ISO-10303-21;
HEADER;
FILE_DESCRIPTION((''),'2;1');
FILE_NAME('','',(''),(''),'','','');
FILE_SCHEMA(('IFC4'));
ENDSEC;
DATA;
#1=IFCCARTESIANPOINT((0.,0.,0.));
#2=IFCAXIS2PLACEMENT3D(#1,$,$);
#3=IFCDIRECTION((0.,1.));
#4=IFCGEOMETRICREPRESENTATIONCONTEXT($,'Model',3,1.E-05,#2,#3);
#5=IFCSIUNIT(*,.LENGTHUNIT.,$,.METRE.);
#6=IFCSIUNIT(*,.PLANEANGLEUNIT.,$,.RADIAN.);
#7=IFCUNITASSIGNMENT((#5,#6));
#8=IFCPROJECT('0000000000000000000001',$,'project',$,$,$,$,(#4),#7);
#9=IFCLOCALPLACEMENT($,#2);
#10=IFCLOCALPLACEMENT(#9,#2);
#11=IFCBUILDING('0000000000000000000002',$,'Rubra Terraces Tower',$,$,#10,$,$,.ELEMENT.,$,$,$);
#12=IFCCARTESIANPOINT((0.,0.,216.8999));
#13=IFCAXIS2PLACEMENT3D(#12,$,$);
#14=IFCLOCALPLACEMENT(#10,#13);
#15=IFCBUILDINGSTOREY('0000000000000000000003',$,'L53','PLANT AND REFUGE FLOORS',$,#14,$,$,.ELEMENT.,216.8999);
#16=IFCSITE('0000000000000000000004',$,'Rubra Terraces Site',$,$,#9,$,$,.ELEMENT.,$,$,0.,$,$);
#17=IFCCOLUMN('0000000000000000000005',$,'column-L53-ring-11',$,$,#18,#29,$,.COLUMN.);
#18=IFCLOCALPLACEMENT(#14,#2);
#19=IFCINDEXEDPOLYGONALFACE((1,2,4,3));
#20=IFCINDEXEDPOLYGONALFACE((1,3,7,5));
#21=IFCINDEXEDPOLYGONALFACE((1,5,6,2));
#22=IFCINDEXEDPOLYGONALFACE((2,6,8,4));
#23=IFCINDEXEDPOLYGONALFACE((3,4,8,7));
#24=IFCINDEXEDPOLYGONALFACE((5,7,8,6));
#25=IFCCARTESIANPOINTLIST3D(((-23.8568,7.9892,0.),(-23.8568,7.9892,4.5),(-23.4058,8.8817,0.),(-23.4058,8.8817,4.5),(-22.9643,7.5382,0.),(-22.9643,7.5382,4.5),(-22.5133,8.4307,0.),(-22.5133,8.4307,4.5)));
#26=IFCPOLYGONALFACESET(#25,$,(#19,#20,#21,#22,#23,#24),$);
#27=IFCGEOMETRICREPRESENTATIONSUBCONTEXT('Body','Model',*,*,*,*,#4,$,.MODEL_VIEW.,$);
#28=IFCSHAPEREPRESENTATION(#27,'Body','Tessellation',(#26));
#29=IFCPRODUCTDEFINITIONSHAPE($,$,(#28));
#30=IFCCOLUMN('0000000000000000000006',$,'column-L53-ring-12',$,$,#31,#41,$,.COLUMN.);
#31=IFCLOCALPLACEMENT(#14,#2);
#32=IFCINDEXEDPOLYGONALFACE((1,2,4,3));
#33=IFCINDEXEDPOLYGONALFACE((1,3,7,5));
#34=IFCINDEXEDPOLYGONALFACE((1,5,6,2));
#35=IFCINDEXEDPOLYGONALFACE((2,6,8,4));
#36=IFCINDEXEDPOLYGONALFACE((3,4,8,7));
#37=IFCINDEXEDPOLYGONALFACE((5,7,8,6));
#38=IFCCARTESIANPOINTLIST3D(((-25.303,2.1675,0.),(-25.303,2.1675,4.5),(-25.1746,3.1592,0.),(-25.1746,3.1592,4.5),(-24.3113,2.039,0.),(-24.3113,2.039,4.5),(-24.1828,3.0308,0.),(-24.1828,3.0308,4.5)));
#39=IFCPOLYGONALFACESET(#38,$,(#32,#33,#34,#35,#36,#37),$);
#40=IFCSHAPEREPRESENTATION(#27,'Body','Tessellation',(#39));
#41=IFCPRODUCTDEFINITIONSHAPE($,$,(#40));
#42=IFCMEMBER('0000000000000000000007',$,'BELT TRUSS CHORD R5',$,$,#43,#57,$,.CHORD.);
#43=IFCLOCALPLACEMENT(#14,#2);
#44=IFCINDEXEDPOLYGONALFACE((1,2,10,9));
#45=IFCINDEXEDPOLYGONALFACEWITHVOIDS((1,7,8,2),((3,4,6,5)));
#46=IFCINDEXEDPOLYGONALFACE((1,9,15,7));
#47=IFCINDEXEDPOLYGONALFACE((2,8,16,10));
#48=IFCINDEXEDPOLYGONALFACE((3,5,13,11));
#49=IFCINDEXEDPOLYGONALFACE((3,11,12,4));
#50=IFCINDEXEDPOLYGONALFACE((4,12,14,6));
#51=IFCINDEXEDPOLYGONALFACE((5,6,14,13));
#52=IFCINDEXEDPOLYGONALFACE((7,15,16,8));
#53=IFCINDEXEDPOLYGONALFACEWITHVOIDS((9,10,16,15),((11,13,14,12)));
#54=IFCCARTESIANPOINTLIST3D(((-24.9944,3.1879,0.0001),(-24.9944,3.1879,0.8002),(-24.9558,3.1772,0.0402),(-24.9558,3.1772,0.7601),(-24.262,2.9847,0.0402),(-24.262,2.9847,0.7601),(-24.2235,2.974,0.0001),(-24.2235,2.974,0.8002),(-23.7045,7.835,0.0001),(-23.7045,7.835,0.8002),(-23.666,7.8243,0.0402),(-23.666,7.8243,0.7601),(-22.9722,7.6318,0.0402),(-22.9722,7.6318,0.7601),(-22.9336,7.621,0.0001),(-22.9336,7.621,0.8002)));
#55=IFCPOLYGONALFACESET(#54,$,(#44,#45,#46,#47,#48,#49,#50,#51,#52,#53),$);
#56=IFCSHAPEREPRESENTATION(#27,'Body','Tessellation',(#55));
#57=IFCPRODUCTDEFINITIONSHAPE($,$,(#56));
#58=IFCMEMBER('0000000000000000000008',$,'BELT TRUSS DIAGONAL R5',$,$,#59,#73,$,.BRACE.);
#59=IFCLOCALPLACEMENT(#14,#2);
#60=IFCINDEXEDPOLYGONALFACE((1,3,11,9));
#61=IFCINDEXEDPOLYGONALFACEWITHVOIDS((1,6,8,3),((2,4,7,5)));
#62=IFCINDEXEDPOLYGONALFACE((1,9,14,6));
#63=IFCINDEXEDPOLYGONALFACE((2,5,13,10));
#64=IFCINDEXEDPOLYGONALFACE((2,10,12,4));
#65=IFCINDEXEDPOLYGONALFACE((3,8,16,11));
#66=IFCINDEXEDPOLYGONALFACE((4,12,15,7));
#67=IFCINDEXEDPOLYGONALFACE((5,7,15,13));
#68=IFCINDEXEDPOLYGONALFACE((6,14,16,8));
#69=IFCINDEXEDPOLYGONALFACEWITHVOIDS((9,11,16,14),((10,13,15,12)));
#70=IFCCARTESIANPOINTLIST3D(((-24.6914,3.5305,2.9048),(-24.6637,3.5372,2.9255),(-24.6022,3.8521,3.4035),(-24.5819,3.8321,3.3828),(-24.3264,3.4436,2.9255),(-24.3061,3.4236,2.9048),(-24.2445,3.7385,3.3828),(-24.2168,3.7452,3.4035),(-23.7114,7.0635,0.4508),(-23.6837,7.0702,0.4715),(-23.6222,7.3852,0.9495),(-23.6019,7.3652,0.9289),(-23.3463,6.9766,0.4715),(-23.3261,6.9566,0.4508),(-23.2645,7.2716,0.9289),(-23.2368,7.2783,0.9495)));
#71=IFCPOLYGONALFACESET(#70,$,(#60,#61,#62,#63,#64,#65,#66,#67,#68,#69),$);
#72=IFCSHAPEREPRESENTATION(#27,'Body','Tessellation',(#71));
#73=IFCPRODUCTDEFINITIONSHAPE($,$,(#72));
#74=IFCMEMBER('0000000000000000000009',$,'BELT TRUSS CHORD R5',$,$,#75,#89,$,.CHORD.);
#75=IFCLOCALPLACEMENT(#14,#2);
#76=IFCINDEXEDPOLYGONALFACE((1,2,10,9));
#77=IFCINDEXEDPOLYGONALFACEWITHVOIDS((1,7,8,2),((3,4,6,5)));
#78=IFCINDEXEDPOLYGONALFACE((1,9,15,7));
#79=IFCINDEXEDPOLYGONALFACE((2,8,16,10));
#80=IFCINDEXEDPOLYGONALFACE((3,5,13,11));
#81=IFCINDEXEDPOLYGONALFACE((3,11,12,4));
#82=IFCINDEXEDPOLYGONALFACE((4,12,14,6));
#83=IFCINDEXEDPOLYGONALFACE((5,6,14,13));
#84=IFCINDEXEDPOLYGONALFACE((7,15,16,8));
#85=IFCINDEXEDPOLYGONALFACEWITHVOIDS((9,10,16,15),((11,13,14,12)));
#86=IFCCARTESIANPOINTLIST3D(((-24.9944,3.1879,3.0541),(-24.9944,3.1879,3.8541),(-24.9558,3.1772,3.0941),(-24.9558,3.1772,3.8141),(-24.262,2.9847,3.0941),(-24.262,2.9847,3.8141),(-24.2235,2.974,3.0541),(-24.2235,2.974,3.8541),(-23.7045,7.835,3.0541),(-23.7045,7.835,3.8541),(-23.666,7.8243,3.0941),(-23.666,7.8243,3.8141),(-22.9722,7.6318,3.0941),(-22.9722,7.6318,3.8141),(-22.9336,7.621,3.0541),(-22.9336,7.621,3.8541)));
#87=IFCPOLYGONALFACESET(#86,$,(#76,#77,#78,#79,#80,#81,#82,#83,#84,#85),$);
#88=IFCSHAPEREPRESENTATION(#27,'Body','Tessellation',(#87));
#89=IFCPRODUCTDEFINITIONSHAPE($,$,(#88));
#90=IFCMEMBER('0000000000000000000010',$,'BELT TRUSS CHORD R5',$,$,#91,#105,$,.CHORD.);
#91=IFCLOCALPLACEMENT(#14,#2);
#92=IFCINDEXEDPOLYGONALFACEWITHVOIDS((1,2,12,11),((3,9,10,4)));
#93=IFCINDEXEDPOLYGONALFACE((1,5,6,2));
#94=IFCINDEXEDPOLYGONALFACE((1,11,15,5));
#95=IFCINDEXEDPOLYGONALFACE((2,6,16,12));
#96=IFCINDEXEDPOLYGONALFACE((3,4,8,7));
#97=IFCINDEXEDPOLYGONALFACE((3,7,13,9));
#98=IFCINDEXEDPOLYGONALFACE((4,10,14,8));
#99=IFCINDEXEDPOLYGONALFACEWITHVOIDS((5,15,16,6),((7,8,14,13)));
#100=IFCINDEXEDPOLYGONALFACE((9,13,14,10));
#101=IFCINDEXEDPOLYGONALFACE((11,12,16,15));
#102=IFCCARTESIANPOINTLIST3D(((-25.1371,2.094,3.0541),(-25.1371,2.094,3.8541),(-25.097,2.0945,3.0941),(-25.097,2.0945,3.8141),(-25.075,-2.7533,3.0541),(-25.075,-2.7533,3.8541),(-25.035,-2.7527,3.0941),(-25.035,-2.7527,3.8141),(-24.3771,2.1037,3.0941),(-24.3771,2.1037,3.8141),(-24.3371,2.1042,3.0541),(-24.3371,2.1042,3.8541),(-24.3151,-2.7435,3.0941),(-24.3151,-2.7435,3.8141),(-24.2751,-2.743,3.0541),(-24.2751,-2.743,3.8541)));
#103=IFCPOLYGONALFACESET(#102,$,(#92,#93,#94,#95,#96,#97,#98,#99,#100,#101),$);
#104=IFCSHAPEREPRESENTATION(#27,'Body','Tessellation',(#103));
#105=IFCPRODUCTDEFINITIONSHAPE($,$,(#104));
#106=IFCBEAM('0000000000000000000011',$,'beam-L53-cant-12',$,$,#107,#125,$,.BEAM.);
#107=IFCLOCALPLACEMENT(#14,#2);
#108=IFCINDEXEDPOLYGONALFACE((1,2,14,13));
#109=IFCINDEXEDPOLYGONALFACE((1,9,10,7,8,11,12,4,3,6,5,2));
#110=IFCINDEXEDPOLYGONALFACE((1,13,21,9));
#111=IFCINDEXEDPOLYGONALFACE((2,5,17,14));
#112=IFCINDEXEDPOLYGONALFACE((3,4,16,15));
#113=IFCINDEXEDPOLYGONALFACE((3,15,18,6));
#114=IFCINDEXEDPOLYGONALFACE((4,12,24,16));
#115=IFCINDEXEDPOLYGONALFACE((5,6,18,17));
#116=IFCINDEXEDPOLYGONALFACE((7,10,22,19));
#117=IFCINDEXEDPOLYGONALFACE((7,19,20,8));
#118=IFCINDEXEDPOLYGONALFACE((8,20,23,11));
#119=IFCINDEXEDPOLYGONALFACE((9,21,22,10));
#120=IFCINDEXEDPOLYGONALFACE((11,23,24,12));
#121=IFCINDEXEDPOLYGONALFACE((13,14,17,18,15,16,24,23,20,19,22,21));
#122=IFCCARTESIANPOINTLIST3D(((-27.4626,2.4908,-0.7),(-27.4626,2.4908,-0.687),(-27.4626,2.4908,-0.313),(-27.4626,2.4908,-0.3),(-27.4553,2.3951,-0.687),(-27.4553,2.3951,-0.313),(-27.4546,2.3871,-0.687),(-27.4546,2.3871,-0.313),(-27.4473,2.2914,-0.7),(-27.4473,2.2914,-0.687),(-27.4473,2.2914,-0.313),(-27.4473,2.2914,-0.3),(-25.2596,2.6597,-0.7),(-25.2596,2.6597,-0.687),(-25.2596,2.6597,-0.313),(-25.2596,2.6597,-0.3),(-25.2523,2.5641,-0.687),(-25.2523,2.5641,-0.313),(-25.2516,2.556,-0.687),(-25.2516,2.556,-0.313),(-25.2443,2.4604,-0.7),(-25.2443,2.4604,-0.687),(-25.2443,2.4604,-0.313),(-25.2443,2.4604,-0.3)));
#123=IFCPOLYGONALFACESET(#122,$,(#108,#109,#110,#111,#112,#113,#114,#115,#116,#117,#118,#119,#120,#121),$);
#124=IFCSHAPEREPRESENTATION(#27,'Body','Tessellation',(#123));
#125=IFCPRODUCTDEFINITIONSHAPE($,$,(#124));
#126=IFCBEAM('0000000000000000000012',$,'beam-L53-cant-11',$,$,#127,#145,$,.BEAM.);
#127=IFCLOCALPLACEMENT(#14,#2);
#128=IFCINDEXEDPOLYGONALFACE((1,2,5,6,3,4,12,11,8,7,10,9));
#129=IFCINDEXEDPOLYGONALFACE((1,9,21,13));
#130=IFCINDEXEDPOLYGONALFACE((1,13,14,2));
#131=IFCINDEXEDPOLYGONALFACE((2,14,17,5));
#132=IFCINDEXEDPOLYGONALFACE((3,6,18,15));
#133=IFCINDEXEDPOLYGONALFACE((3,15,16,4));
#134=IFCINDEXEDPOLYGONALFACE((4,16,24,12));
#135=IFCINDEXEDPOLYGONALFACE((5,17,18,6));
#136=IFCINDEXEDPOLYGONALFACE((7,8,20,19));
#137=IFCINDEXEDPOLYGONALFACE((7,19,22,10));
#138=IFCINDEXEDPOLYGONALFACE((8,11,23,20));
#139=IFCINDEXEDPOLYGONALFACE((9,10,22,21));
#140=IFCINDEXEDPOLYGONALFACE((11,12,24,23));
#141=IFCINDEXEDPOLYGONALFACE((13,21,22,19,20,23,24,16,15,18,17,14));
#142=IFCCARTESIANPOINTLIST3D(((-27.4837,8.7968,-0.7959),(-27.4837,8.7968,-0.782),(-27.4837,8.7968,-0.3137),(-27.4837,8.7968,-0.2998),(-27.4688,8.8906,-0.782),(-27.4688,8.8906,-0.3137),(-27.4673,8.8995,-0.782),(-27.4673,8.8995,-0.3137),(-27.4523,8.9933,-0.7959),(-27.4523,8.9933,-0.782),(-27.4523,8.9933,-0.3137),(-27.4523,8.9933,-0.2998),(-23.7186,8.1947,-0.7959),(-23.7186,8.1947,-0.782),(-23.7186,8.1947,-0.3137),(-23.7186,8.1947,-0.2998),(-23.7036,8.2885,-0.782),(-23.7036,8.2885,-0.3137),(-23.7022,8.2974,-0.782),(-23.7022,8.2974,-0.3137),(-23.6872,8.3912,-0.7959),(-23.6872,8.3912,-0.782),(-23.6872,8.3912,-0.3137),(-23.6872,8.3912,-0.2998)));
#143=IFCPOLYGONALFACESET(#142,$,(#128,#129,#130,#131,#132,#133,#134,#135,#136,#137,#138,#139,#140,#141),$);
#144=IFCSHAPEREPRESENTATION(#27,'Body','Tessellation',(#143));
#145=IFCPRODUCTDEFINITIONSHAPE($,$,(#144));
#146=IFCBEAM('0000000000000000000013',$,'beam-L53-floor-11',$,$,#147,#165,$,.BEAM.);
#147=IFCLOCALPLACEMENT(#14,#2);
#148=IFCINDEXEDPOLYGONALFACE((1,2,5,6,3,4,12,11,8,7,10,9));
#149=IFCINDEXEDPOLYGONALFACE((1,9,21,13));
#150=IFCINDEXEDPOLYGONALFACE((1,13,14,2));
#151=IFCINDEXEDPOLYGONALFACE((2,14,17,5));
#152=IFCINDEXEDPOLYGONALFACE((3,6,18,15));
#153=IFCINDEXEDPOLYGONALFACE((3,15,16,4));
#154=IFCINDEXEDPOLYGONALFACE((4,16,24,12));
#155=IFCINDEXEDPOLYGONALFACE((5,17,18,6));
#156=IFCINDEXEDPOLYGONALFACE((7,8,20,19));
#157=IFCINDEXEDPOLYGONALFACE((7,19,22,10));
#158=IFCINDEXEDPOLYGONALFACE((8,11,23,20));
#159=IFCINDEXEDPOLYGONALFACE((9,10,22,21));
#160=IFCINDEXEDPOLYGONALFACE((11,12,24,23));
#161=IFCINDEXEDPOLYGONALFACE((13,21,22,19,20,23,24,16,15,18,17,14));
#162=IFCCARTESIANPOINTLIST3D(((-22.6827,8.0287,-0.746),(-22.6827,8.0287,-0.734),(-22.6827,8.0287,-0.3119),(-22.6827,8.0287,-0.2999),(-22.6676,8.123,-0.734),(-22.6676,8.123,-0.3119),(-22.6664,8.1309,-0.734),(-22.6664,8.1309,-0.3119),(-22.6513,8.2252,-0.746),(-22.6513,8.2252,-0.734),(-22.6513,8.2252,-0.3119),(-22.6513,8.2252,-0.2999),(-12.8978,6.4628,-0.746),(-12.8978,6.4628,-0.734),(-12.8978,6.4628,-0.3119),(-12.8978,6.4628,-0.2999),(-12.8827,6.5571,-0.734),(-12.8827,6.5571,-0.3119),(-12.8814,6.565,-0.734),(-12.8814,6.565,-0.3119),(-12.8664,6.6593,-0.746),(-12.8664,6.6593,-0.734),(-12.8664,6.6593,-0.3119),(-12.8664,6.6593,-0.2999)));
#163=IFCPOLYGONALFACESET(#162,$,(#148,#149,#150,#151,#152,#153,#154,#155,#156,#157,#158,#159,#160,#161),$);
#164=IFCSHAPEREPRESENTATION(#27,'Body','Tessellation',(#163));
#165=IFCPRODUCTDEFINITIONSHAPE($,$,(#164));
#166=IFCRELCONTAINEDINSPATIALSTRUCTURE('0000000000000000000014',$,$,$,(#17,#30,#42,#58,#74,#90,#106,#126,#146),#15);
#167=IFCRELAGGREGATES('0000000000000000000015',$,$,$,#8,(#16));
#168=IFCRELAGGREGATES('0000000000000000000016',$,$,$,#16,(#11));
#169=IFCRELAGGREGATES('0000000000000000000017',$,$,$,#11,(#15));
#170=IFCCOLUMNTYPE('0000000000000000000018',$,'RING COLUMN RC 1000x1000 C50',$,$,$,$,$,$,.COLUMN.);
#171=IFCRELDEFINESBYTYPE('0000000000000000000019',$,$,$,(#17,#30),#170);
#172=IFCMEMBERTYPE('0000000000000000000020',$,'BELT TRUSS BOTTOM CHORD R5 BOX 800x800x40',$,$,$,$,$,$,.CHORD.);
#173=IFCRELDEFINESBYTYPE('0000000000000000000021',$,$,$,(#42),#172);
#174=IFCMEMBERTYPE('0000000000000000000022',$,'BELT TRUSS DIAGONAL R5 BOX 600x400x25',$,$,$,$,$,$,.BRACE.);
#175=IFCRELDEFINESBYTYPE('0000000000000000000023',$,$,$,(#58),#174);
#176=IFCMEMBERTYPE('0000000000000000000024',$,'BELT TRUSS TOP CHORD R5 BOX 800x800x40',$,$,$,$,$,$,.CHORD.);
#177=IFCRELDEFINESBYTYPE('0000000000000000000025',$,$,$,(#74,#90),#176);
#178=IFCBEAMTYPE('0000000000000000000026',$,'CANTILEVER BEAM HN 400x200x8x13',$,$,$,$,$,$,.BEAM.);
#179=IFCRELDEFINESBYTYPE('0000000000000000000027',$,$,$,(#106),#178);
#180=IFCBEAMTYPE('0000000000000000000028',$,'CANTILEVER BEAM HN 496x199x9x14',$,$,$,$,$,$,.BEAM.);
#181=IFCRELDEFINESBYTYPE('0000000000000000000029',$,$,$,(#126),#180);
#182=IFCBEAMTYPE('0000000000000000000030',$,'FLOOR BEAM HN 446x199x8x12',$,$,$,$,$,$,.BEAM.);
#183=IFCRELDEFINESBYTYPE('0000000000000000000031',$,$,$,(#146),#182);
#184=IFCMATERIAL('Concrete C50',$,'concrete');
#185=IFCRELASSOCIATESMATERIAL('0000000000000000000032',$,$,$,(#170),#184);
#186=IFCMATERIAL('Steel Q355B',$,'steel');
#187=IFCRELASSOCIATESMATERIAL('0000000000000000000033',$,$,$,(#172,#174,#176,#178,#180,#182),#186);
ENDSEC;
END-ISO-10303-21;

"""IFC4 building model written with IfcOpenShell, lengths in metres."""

from ifc_helpers import new_model, si_unit, direction, frame, origin, origin_2d, place, context, subcontext, project, spatial, rectangle, hollow_rectangle, i_section, extrude, material, material_profile, profile_set, type_object, element, save


model = new_model("IFC4")

# Units and contexts
model_context = context("Model", 3, precision=1e-05, world=origin(), true_north=direction((0.0, 1.0)))
body_context = subcontext(model_context, "Body", "Model", "MODEL_VIEW")
ifc_project = project(units=[si_unit("LENGTHUNIT", "METRE"), si_unit("PLANEANGLEUNIT", "RADIAN")], contexts=[model_context])

# Site, building, storey
site_placement = place(None, origin())
site = spatial("IfcSite", under=ifc_project, at=site_placement, Name="Rubra Terraces Site", CompositionType="ELEMENT", RefElevation=0.0)
building_placement = place(site_placement, origin())
building = spatial("IfcBuilding", under=site, at=building_placement, Name="Rubra Terraces Tower", CompositionType="ELEMENT")
storey_placement = place(building_placement, frame((0.0, 0.0, 216.8999)))
storey = spatial("IfcBuildingStorey", under=building, at=storey_placement, Name="L53", Description="PLANT AND REFUGE FLOORS", CompositionType="ELEMENT", Elevation=216.8999)

# Columns
ifc_material_1 = material(Name="Concrete C50", Category="concrete")
ifc_material_profile_1 = material_profile(ifc_material_1, rectangle(XDim=1.0, YDim=1.0, at=origin_2d()), Name="RC 1000x1000")
ifc_profile_set_1 = profile_set([ifc_material_profile_1], Name="Concrete C50")
column_type = type_object("IfcColumnType", Name="RING COLUMN RC 1000x1000 C50", PredefinedType="COLUMN", material=ifc_profile_set_1)
for number, where, z_axis, x_axis, name in (
    (1, (-23.1851, 8.21, 0.0), (0.0, 0.0, 1.0), (-0.451028, -0.89251, 0.0), "column-L53-ring-11"),
    (2, (-24.7429, 2.5991, 0.0), (0.0, 0.0, 1.0), (-0.128444, -0.991717, 0.0), "column-L53-ring-12"),
):
    element("IfcColumn", number, at=place(storey_placement, frame(where, z_axis=z_axis, x_axis=x_axis)), inside=storey, type_object=column_type, Name=name, PredefinedType="COLUMN", context=body_context, shape_type="SweptSolid", body=[
        extrude(rectangle(XDim=1.0, YDim=1.0, at=origin_2d()), origin(), (0.0, 0.0, 1.0), 4.5),
    ])

# Members
ifc_material_2 = material(Name="Steel Q355B", Category="steel")
ifc_material_profile_2 = material_profile(ifc_material_2, hollow_rectangle(XDim=0.8, YDim=0.8, WallThickness=0.04, at=origin_2d()), Name="BOX 800x800x40")
ifc_profile_set_2 = profile_set([ifc_material_profile_2], Name="Steel Q355B")
member_type_1 = type_object("IfcMemberType", Name="BELT TRUSS BOTTOM CHORD R5 BOX 800x800x40", PredefinedType="CHORD", material=ifc_profile_set_2)
member_1_placement = place(storey_placement, frame((-23.3191, 7.728, 0.4001), z_axis=(-0.267445, -0.963573, 0.0), x_axis=(0.963573, -0.267445, 0.0)))
element("IfcMember", 3, at=member_1_placement, inside=storey, type_object=member_type_1, Name="BELT TRUSS CHORD R5", PredefinedType="CHORD", context=body_context, shape_type="SweptSolid", body=[
    extrude(hollow_rectangle(XDim=0.8, YDim=0.8, WallThickness=0.04, at=origin_2d()), origin(), (0.0, 0.0, 1.0), 4.8228),
])
ifc_material_profile_3 = material_profile(ifc_material_2, hollow_rectangle(XDim=0.3999, YDim=0.6001, WallThickness=0.0249, at=origin_2d()), Name="BOX 600x400x25")
ifc_profile_set_3 = profile_set([ifc_material_profile_3], Name="Steel Q355B")
member_type_2 = type_object("IfcMemberType", Name="BELT TRUSS DIAGONAL R5 BOX 600x400x25", PredefinedType="BRACE", material=ifc_profile_set_3)
member_2_placement = place(storey_placement, frame((-23.4741, 7.1709, 0.7002), z_axis=(-0.222129, -0.800806, 0.556209), x_axis=(0.963616, -0.26729, 0.0)))
element("IfcMember", 4, at=member_2_placement, inside=storey, type_object=member_type_2, Name="BELT TRUSS DIAGONAL R5", PredefinedType="BRACE", context=body_context, shape_type="SweptSolid", body=[
    extrude(hollow_rectangle(XDim=0.3999, YDim=0.6001, WallThickness=0.0249, at=origin_2d()), origin(), (0.0, 0.0, 1.0), 4.4119),
])
ifc_material_profile_4 = material_profile(ifc_material_2, hollow_rectangle(XDim=0.8, YDim=0.8, WallThickness=0.04, at=origin_2d()), Name="BOX 800x800x40")
ifc_profile_set_4 = profile_set([ifc_material_profile_4], Name="Steel Q355B")
member_type_3 = type_object("IfcMemberType", Name="BELT TRUSS TOP CHORD R5 BOX 800x800x40", PredefinedType="CHORD", material=ifc_profile_set_4)
member_3_placement = place(storey_placement, frame((-23.3191, 7.728, 3.4541), z_axis=(-0.267445, -0.963573, 0.0), x_axis=(0.963573, -0.267445, 0.0)))
element("IfcMember", 5, at=member_3_placement, inside=storey, type_object=member_type_3, Name="BELT TRUSS CHORD R5", PredefinedType="CHORD", context=body_context, shape_type="SweptSolid", body=[
    extrude(hollow_rectangle(XDim=0.8, YDim=0.8, WallThickness=0.04, at=origin_2d()), origin(), (0.0, 0.0, 1.0), 4.8228),
])
member_4_placement = place(storey_placement, frame((-24.7371, 2.0991, 3.4541), z_axis=(0.012792, -0.999918, 0.0), x_axis=(0.999918, 0.012792, 0.0)))
element("IfcMember", 6, at=member_4_placement, inside=storey, type_object=member_type_3, Name="BELT TRUSS CHORD R5", PredefinedType="CHORD", context=body_context, shape_type="SweptSolid", body=[
    extrude(hollow_rectangle(XDim=0.8, YDim=0.8, WallThickness=0.04, at=origin_2d()), origin(), (0.0, 0.0, 1.0), 4.8477),
])

# Beams
ifc_material_profile_5 = material_profile(ifc_material_2, i_section(OverallWidth=0.2, OverallDepth=0.3999, WebThickness=0.0081, FlangeThickness=0.0129, at=origin_2d()), Name="HN 400x200x8x13")
ifc_profile_set_5 = profile_set([ifc_material_profile_5], Name="Steel Q355B")
beam_type_1 = type_object("IfcBeamType", Name="CANTILEVER BEAM HN 400x200x8x13", PredefinedType="BEAM", material=ifc_profile_set_5)
beam_1_placement = place(storey_placement, frame((-25.252, 2.5601, -0.5), z_axis=(-0.997073, -0.07646, 0.0), x_axis=(0.07646, -0.997073, 0.0)))
element("IfcBeam", 7, at=beam_1_placement, inside=storey, type_object=beam_type_1, Name="beam-L53-cant-12", PredefinedType="BEAM", context=body_context, shape_type="SweptSolid", body=[
    extrude(i_section(OverallWidth=0.2, OverallDepth=0.3999, WebThickness=0.0081, FlangeThickness=0.0129, at=origin_2d()), origin(), (0.0, 0.0, 1.0), 2.2095),
])
ifc_material_profile_6 = material_profile(ifc_material_2, i_section(OverallWidth=0.199, OverallDepth=0.4961, WebThickness=0.009, FlangeThickness=0.0139, at=origin_2d()), Name="HN 496x199x9x14")
ifc_profile_set_6 = profile_set([ifc_material_profile_6], Name="Steel Q355B")
beam_type_2 = type_object("IfcBeamType", Name="CANTILEVER BEAM HN 496x199x9x14", PredefinedType="BEAM", material=ifc_profile_set_6)
beam_2_placement = place(storey_placement, frame((-23.7029, 8.293, -0.5479), z_axis=(-0.987456, 0.157896, 0.0), x_axis=(-0.157896, -0.987456, 0.0)))
element("IfcBeam", 8, at=beam_2_placement, inside=storey, type_object=beam_type_2, Name="beam-L53-cant-11", PredefinedType="BEAM", context=body_context, shape_type="SweptSolid", body=[
    extrude(i_section(OverallWidth=0.199, OverallDepth=0.4961, WebThickness=0.009, FlangeThickness=0.0139, at=origin_2d()), origin(), (0.0, 0.0, 1.0), 3.813),
])
ifc_material_profile_7 = material_profile(ifc_material_2, i_section(OverallWidth=0.199, OverallDepth=0.446, WebThickness=0.0081, FlangeThickness=0.012, at=origin_2d()), Name="HN 446x199x8x12")
ifc_profile_set_7 = profile_set([ifc_material_profile_7], Name="Steel Q355B")
beam_type_3 = type_object("IfcBeamType", Name="FLOOR BEAM HN 446x199x8x12", PredefinedType="BEAM", material=ifc_profile_set_7)
beam_3_placement = place(storey_placement, frame((-22.667, 8.127, -0.5229), z_axis=(0.987435, -0.158023, 0.0), x_axis=(0.158023, 0.987435, 0.0)))
element("IfcBeam", 9, at=beam_3_placement, inside=storey, type_object=beam_type_3, Name="beam-L53-floor-11", PredefinedType="BEAM", context=body_context, shape_type="SweptSolid", body=[
    extrude(i_section(OverallWidth=0.199, OverallDepth=0.446, WebThickness=0.0081, FlangeThickness=0.012, at=origin_2d()), origin(), (0.0, 0.0, 1.0), 9.9094),
])

save(model, "model.ifc")
